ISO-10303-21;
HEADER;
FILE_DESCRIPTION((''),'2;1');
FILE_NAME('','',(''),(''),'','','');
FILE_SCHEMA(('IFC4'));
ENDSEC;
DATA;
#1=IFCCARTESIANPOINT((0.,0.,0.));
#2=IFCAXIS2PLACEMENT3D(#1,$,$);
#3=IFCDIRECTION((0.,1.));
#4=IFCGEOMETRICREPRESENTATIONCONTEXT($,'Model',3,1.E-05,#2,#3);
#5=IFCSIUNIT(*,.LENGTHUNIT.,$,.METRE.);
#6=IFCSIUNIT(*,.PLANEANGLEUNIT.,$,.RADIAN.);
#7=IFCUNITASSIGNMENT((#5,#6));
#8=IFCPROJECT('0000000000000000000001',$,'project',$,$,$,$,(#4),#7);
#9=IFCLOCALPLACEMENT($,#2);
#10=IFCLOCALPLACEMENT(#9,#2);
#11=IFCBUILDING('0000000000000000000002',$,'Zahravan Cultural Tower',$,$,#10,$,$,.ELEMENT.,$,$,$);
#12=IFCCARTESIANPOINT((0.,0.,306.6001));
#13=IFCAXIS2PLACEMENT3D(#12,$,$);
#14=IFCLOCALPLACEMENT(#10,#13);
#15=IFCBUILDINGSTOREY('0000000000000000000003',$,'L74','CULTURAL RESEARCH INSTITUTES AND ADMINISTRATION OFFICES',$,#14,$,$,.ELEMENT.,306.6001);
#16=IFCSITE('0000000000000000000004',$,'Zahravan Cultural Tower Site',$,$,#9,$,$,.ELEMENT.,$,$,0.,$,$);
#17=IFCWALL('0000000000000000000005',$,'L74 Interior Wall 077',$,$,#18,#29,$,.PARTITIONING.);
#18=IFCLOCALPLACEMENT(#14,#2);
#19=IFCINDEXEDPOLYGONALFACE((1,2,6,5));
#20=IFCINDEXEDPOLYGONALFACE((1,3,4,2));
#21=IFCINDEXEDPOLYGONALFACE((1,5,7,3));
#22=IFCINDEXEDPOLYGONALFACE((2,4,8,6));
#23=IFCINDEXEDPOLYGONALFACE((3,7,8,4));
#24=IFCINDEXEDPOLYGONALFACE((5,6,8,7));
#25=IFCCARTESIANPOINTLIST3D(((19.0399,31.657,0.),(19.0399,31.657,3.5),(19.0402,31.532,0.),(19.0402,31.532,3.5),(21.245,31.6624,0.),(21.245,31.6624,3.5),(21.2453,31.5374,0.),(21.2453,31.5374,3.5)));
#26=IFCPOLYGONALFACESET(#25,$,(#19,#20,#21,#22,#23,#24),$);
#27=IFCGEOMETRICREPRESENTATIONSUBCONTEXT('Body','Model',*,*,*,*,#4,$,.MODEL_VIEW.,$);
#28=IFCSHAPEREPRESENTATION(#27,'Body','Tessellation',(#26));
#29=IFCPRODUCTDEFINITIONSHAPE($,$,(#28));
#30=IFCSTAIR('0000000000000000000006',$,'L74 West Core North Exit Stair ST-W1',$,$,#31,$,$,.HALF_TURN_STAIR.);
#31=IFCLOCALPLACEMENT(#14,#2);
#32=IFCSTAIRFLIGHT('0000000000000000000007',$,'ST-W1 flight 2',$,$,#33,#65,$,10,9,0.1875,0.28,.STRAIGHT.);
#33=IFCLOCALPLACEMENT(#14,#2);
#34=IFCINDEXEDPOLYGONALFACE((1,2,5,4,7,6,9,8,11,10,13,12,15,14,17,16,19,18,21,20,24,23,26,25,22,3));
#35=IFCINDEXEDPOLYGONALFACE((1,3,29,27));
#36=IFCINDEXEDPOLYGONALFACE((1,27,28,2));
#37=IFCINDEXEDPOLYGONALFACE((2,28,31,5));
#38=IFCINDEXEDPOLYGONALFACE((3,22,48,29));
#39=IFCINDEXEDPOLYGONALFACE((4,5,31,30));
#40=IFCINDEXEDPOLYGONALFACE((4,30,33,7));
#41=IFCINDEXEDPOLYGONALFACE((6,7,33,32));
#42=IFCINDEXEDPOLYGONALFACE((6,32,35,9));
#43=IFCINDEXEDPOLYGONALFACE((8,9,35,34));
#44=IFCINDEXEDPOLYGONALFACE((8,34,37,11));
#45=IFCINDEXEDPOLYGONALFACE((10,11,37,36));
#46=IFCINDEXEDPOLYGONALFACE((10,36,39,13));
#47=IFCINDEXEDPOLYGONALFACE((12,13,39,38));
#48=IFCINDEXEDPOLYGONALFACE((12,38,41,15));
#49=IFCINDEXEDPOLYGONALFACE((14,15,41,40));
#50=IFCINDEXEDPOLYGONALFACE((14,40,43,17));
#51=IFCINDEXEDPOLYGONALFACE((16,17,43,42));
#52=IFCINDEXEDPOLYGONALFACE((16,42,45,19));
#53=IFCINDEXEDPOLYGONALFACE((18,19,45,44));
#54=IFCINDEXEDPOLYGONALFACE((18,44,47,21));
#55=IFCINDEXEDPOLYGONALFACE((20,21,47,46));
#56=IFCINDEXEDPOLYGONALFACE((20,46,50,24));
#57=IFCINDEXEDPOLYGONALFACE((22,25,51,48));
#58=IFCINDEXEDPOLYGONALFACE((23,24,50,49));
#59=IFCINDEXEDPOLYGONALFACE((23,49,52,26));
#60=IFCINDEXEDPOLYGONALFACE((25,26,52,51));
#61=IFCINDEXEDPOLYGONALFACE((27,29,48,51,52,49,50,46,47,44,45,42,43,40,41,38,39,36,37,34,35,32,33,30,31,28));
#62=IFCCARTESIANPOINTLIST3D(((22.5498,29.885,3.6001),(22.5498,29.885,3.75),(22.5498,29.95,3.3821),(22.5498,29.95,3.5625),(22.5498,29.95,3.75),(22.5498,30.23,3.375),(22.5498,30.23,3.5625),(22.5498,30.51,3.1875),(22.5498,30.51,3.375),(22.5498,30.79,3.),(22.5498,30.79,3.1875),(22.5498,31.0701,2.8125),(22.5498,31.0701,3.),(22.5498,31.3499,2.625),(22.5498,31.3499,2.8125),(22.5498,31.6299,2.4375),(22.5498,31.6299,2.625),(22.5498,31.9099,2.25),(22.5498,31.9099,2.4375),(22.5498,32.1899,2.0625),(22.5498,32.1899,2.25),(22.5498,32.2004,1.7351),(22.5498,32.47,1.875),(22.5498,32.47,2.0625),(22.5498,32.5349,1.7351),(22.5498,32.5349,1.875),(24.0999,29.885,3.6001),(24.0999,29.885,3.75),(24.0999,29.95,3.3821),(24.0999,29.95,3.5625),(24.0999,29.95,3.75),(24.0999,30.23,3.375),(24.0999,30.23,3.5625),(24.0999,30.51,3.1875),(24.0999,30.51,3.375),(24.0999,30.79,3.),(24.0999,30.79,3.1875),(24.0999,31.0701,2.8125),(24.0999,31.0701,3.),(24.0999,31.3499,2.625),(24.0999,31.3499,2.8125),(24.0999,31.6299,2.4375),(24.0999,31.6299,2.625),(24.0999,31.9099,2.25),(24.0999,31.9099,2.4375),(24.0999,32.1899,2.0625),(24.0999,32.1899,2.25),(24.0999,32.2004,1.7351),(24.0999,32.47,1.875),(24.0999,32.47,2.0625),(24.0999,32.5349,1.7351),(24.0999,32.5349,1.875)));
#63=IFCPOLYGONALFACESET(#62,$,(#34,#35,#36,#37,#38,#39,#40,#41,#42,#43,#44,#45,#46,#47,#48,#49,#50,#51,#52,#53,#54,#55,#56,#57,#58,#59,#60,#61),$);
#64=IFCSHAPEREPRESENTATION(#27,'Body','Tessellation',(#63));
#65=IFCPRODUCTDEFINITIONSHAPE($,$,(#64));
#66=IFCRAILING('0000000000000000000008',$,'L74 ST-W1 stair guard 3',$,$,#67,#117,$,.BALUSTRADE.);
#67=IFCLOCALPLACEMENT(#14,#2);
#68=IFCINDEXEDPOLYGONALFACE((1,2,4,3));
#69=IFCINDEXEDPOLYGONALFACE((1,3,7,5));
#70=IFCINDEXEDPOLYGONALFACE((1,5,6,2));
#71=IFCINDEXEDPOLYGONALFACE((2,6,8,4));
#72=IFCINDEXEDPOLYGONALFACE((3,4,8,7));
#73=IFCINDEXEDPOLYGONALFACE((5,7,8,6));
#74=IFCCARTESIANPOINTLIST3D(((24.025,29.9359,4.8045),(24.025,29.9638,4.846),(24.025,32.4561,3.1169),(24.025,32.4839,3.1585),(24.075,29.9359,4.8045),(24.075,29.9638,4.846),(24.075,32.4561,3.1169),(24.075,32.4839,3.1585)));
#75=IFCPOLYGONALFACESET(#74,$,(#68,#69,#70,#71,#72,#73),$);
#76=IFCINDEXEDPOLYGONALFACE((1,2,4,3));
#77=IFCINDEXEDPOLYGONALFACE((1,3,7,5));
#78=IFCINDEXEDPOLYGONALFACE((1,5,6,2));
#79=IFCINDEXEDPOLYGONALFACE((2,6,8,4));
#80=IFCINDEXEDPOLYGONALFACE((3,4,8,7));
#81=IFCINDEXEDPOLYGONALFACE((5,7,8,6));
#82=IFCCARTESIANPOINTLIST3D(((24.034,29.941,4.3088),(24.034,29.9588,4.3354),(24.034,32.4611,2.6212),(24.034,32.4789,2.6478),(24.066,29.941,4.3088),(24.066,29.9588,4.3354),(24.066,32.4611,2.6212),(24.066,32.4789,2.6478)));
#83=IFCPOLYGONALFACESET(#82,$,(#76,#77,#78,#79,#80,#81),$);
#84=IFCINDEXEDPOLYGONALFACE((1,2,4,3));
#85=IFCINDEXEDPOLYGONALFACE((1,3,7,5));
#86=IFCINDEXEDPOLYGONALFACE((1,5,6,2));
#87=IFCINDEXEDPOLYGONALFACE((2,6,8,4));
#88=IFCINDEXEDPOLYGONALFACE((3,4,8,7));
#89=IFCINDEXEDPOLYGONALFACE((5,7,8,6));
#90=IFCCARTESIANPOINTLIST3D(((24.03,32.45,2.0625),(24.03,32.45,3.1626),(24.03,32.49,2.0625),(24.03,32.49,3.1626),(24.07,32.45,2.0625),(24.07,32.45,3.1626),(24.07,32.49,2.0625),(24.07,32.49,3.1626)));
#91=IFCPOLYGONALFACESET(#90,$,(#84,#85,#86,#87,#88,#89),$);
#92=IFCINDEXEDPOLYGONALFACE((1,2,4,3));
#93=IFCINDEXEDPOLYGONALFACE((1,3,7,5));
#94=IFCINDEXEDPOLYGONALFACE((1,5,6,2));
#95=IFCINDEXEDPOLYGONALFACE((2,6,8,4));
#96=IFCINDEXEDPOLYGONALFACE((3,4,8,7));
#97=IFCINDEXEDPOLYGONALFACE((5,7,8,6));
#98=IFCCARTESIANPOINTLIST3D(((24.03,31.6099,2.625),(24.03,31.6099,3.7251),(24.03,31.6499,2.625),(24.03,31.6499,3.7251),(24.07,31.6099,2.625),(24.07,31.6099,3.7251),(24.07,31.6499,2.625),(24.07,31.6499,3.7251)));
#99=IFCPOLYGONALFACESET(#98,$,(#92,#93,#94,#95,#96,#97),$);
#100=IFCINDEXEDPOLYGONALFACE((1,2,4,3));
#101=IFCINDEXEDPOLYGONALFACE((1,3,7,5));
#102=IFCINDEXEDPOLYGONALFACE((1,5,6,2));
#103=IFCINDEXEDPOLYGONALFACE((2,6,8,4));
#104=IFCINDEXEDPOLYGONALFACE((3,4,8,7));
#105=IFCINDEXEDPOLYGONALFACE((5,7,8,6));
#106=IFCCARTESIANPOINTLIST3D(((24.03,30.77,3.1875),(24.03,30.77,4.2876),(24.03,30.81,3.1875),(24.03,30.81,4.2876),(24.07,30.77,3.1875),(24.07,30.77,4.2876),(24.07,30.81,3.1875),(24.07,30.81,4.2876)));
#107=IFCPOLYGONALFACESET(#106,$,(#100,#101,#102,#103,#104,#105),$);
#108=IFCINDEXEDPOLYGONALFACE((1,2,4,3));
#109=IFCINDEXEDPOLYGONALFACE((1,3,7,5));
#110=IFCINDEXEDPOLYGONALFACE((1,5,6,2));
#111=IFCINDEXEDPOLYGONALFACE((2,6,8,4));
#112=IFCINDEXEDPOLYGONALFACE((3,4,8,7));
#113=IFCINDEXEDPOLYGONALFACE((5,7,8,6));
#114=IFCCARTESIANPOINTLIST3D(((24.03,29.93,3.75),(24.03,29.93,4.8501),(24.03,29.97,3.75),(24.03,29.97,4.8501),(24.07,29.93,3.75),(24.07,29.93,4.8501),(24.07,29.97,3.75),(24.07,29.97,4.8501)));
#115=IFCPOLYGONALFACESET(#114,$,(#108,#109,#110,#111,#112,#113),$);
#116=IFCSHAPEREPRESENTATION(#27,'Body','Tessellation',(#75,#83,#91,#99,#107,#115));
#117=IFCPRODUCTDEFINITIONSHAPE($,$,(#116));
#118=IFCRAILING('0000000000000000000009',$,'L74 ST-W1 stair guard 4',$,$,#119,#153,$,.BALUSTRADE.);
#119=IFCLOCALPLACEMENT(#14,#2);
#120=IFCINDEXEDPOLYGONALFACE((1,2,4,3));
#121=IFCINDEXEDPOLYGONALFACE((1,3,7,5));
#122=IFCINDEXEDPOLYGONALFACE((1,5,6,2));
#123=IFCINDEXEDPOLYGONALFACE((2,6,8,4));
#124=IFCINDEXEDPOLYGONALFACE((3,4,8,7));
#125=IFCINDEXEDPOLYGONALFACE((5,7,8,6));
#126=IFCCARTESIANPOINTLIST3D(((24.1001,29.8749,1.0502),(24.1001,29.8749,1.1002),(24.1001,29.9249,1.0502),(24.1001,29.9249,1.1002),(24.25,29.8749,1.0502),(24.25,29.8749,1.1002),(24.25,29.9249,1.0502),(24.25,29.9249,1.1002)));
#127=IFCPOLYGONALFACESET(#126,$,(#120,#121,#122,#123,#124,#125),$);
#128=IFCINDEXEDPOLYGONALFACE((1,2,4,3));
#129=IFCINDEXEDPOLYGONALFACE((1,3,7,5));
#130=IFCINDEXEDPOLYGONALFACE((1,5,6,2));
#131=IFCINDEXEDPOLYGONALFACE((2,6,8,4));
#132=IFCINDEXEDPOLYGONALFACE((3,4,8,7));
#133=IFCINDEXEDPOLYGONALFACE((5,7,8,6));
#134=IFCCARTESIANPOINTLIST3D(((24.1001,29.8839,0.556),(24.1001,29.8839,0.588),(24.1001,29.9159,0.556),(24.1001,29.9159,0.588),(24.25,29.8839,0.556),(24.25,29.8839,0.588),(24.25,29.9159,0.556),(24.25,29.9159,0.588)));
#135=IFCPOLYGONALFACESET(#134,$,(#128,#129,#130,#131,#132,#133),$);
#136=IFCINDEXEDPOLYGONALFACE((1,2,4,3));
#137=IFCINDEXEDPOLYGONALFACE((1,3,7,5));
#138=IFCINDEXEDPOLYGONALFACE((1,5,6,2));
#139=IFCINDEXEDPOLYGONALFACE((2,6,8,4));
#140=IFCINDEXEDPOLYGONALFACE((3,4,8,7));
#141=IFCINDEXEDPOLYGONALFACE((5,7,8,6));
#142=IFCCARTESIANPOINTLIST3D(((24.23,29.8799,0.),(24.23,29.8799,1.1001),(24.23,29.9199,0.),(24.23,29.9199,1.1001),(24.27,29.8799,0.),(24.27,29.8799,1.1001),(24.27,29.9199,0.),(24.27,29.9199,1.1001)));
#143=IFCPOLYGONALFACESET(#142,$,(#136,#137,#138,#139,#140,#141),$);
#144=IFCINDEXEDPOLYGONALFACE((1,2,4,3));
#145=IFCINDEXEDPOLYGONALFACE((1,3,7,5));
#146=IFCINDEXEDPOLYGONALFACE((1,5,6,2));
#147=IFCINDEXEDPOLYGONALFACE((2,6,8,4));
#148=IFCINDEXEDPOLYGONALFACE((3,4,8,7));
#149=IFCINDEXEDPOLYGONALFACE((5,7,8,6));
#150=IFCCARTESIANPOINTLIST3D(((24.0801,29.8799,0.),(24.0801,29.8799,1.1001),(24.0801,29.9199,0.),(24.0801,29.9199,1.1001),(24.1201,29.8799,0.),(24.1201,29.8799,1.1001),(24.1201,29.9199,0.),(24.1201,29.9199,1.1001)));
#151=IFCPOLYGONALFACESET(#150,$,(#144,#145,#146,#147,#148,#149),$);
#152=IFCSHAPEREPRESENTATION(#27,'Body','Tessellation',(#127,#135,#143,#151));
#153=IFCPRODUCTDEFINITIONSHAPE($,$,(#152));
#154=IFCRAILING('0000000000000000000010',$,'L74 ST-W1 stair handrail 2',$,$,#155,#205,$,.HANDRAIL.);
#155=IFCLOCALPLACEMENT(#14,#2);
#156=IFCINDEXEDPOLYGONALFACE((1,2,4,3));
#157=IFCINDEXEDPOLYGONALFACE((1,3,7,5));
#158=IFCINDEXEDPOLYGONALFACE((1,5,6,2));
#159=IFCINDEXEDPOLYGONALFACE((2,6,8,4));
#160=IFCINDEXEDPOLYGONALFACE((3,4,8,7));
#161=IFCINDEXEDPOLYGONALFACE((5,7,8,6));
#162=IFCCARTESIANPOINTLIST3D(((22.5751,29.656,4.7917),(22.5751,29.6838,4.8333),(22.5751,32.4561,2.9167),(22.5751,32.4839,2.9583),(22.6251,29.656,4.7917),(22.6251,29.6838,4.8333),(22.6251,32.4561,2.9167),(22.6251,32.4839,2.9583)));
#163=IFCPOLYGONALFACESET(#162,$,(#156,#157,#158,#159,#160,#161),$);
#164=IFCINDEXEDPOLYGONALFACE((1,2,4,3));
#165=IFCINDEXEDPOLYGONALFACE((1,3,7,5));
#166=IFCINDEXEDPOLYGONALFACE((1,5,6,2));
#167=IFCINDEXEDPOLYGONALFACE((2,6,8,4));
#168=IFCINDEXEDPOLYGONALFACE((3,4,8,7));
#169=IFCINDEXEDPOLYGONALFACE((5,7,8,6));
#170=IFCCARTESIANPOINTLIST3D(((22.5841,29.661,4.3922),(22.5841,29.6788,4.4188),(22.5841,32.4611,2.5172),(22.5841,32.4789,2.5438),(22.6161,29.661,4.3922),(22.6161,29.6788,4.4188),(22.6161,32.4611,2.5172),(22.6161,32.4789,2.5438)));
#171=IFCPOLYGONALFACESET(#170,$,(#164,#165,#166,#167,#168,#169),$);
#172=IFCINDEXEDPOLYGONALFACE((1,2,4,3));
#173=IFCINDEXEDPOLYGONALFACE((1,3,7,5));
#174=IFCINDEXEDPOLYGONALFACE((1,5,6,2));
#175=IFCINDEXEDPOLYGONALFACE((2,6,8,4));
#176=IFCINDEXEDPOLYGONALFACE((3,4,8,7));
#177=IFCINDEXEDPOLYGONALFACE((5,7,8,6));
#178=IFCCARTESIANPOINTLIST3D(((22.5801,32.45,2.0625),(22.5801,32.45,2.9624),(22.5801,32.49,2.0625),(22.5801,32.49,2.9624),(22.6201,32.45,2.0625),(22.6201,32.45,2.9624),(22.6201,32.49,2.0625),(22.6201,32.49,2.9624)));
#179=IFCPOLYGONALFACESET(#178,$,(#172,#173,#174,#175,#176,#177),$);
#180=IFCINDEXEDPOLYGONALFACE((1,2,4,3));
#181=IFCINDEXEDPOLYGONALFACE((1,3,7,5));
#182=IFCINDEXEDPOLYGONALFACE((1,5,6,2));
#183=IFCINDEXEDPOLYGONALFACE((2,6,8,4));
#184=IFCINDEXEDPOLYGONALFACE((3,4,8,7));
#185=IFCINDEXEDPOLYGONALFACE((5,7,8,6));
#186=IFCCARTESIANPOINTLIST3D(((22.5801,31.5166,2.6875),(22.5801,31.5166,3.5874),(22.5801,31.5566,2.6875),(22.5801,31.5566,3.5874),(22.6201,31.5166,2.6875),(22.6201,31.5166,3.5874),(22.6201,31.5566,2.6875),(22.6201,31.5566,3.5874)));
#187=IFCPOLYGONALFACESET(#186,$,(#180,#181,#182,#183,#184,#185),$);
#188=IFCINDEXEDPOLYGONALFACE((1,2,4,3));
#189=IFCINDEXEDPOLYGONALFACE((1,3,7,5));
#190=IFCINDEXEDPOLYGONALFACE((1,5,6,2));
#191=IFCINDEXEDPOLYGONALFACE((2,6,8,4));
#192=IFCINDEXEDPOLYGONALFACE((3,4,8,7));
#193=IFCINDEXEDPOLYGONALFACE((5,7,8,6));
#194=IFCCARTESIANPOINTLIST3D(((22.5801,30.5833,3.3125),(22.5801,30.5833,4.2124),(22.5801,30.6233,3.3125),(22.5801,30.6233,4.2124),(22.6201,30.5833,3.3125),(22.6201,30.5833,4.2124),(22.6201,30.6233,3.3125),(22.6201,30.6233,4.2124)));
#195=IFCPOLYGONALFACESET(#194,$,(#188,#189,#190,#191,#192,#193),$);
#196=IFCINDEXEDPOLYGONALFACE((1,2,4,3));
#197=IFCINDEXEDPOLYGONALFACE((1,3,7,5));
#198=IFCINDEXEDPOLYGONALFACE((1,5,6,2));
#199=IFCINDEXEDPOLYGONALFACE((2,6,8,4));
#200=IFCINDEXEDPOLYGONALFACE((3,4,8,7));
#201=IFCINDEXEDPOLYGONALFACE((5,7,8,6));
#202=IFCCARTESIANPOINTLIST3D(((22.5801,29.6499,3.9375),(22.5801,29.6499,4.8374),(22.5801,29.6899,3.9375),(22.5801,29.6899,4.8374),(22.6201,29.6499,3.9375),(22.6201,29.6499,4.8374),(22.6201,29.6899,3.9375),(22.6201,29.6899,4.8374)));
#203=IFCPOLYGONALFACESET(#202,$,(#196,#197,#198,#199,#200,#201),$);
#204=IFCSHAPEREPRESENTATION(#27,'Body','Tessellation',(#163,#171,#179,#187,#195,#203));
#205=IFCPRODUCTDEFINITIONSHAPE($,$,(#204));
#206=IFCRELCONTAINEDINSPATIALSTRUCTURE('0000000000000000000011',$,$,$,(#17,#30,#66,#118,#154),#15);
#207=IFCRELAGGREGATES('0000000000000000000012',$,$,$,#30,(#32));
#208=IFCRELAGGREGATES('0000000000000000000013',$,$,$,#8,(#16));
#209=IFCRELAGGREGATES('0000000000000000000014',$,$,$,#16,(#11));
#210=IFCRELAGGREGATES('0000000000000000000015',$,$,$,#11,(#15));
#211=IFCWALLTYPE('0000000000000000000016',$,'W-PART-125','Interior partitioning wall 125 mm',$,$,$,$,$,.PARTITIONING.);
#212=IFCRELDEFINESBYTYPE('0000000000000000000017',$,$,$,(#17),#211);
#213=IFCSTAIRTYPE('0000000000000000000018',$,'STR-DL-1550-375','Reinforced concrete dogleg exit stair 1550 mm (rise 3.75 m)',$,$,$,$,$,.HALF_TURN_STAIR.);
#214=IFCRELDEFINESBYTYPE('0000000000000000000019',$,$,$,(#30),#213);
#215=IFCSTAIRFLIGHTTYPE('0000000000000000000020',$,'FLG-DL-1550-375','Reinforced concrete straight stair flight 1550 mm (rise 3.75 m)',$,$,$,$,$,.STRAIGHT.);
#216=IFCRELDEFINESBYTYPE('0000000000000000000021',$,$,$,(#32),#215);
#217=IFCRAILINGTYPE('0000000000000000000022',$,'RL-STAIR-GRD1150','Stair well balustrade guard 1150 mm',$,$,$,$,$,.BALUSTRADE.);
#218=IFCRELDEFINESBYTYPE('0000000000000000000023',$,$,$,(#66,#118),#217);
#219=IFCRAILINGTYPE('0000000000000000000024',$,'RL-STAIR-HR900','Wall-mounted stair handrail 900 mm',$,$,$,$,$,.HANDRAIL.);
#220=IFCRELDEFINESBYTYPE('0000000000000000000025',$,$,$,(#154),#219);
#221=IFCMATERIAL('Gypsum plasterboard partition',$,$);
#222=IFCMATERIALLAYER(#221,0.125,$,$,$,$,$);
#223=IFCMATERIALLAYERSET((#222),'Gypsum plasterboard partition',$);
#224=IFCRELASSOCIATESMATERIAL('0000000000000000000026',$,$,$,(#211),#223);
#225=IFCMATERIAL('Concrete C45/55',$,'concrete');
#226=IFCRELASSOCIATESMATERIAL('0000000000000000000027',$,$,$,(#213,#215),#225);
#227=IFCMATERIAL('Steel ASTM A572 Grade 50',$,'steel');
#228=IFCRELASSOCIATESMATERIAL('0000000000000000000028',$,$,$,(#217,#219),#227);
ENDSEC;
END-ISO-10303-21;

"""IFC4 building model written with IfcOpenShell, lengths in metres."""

from ifc_helpers import new_model, si_unit, direction, frame, frame_2d, origin, origin_2d, place, context, subcontext, project, spatial, polyline, rectangle, outline, extrude, source, transform, mapped, material, layer, layer_set, type_object, element, aggregate, save


model = new_model("IFC4")

# Units and contexts
model_context = context("Model", 3, precision=1e-05, world=origin(), true_north=direction((0.0, 1.0)))
body_context = subcontext(model_context, "Body", "Model", "MODEL_VIEW")
ifc_project = project(units=[si_unit("LENGTHUNIT", "METRE"), si_unit("PLANEANGLEUNIT", "RADIAN")], contexts=[model_context])

# Site, building, storey
site_placement = place(None, origin())
site = spatial("IfcSite", under=ifc_project, at=site_placement, Name="Zahravan Cultural Tower Site", CompositionType="ELEMENT", RefElevation=0.0)
building_placement = place(site_placement, origin())
building = spatial("IfcBuilding", under=site, at=building_placement, Name="Zahravan Cultural Tower", CompositionType="ELEMENT")
storey_placement = place(building_placement, frame((0.0, 0.0, 306.6001)))
storey = spatial("IfcBuildingStorey", under=building, at=storey_placement, Name="L74", Description="CULTURAL RESEARCH INSTITUTES AND ADMINISTRATION OFFICES", CompositionType="ELEMENT", Elevation=306.6001)

# Shared definitions
ifc_material_1 = material(Name="Gypsum plasterboard partition")
ifc_layer_1 = layer(ifc_material_1, 0.125)
ifc_layer_set_1 = layer_set([ifc_layer_1], Name="Gypsum plasterboard partition")
wall_type_1 = type_object("IfcWallType", Name="W-PART-125", Description="Interior partitioning wall 125 mm", PredefinedType="PARTITIONING", material=ifc_layer_set_1)

# Wall
ifc_material_2 = material(Name="Concrete C45/55", Category="concrete")
shared_shape_1 = source(origin(), body_context, "Body", "SweptSolid", [
    extrude(rectangle(XDim=2.2051, YDim=0.125, at=frame_2d((1.1025, 0.0))), origin(), (0.0, 0.0, 1.0), 3.5),
])
wall_1_placement = place(storey_placement, frame((21.2451, 31.5999, 0.0), z_axis=(0.0, 0.0, 1.0), x_axis=(-0.999997, -0.002436, 0.0)))
element("IfcWall", 1, at=wall_1_placement, inside=storey, type_object=wall_type_1, Name="L74 Interior Wall 077", PredefinedType="PARTITIONING", context=body_context, shape_type="MappedRepresentation", body=[
    mapped(shared_shape_1, transform((0.0, 0.0, 0.0), x_axis=(1.0, 0.0, 0.0), y_axis=(0.0, 1.0, 0.0), z_axis=(0.0, 0.0, 1.0), scale=1.0)),
])

# Stair, stair flight
stair_type = type_object("IfcStairType", Name="STR-DL-1550-375", Description="Reinforced concrete dogleg exit stair 1550 mm (rise 3.75 m)", PredefinedType="HALF_TURN_STAIR", material=ifc_material_2)
stair_placement = place(storey_placement, origin())
stair = element("IfcStair", 2, at=stair_placement, inside=storey, type_object=stair_type, Name="L74 West Core North Exit Stair ST-W1", PredefinedType="HALF_TURN_STAIR")
stair_flight_type = type_object("IfcStairFlightType", Name="FLG-DL-1550-375", Description="Reinforced concrete straight stair flight 1550 mm (rise 3.75 m)", PredefinedType="STRAIGHT", material=ifc_material_2)
stair_flight_placement = place(storey_placement, frame((23.325, 32.47, 1.875), z_axis=(0.0, 0.0, 1.0), x_axis=(0.0, -1.0, 0.0)))
stair_flight = element("IfcStairFlight", 3, at=stair_flight_placement, type_object=stair_flight_type, Name="ST-W1 flight 2", NumberOfRisers=10, NumberOfTreads=9, PredefinedType="STRAIGHT", RiserHeight=0.1875, TreadLength=0.28, context=body_context, shape_type="SweptSolid", body=[
    extrude(outline(polyline([(-0.0649, -0.1399), (-0.0649, 0.0), (0.0, 0.0), (0.0, 0.1875), (0.28, 0.1875), (0.28, 0.375), (0.5601, 0.375), (0.5601, 0.5625), (0.8401, 0.5625), (0.8401, 0.75), (1.1201, 0.75), (1.1201, 0.9375), (1.3999, 0.9375), (1.3999, 1.125), (1.6799, 1.125), (1.6799, 1.3125), (1.96, 1.3125), (1.96, 1.5), (2.24, 1.5), (2.24, 1.6875), (2.52, 1.6875), (2.52, 1.875), (2.585, 1.875), (2.585, 1.7251), (2.52, 1.5071), (0.2695, -0.1399), (-0.0649, -0.1399)])), frame((0.0, 0.7749, 0.0), z_axis=(0.0, -1.0, 0.0), x_axis=(1.0, 0.0, 0.0)), (0.0, 0.0, 1.0), 1.55),
])
aggregate(stair, [stair_flight])

# Railings
ifc_material_3 = material(Name="Steel ASTM A572 Grade 50", Category="steel")
railing_type_1 = type_object("IfcRailingType", Name="RL-STAIR-GRD1150", Description="Stair well balustrade guard 1150 mm", PredefinedType="BALUSTRADE", material=ifc_material_3)
railing_1_placement = place(storey_placement, frame((24.05, 32.47, 2.0625)))
element("IfcRailing", 4, at=railing_1_placement, inside=storey, type_object=railing_type_1, Name="L74 ST-W1 stair guard 3", PredefinedType="BALUSTRADE", context=body_context, shape_type="SweptSolid", body=[
    extrude(rectangle(XDim=0.05, YDim=0.05, at=origin_2d()), frame((0.0, 0.0, 1.0752), z_axis=(0.0, -0.830909, 0.556408), x_axis=(1.0, 0.0, 0.0)), (0.0, 0.0, 1.0), 3.033),
    extrude(rectangle(XDim=0.032, YDim=0.032, at=origin_2d()), frame((0.0, 0.0, 0.572), z_axis=(0.0, -0.830909, 0.556408), x_axis=(1.0, 0.0, 0.0)), (0.0, 0.0, 1.0), 3.033),
    extrude(rectangle(XDim=0.04, YDim=0.04, at=origin_2d()), origin(), (0.0, 0.0, 1.0), 1.1001),
    extrude(rectangle(XDim=0.04, YDim=0.04, at=origin_2d()), frame((0.0, -0.8401, 0.5625)), (0.0, 0.0, 1.0), 1.1001),
    extrude(rectangle(XDim=0.04, YDim=0.04, at=origin_2d()), frame((0.0, -1.6799, 1.125)), (0.0, 0.0, 1.0), 1.1001),
    extrude(rectangle(XDim=0.04, YDim=0.04, at=origin_2d()), frame((0.0, -2.52, 1.6875)), (0.0, 0.0, 1.0), 1.1001),
])
railing_2_placement = place(storey_placement, frame((24.25, 29.8999, 0.0)))
element("IfcRailing", 5, at=railing_2_placement, inside=storey, type_object=railing_type_1, Name="L74 ST-W1 stair guard 4", PredefinedType="BALUSTRADE", context=body_context, shape_type="SweptSolid", body=[
    extrude(rectangle(XDim=0.05, YDim=0.05, at=origin_2d()), frame((0.0, 0.0, 1.0752), z_axis=(-1.0, 0.0, 0.0), x_axis=(0.0, -1.0, 0.0)), (0.0, 0.0, 1.0), 0.1499),
    extrude(rectangle(XDim=0.032, YDim=0.032, at=origin_2d()), frame((0.0, 0.0, 0.572), z_axis=(-1.0, 0.0, 0.0), x_axis=(0.0, -1.0, 0.0)), (0.0, 0.0, 1.0), 0.1499),
    extrude(rectangle(XDim=0.04, YDim=0.04, at=origin_2d()), origin(), (0.0, 0.0, 1.0), 1.1001),
    extrude(rectangle(XDim=0.04, YDim=0.04, at=origin_2d()), frame((-0.1499, 0.0, 0.0)), (0.0, 0.0, 1.0), 1.1001),
])
railing_type_2 = type_object("IfcRailingType", Name="RL-STAIR-HR900", Description="Wall-mounted stair handrail 900 mm", PredefinedType="HANDRAIL", material=ifc_material_3)
railing_3_placement = place(storey_placement, frame((22.6001, 32.47, 2.0625)))
element("IfcRailing", 6, at=railing_3_placement, inside=storey, type_object=railing_type_2, Name="L74 ST-W1 stair handrail 2", PredefinedType="HANDRAIL", context=body_context, shape_type="SweptSolid", body=[
    extrude(rectangle(XDim=0.05, YDim=0.05, at=origin_2d()), frame((0.0, 0.0, 0.875), z_axis=(0.0, -0.830912, 0.556404), x_axis=(1.0, 0.0, 0.0)), (0.0, 0.0, 1.0), 3.3699),
    extrude(rectangle(XDim=0.032, YDim=0.032, at=origin_2d()), frame((0.0, 0.0, 0.468), z_axis=(0.0, -0.830912, 0.556404), x_axis=(1.0, 0.0, 0.0)), (0.0, 0.0, 1.0), 3.3699),
    extrude(rectangle(XDim=0.04, YDim=0.04, at=origin_2d()), origin(), (0.0, 0.0, 1.0), 0.8999),
    extrude(rectangle(XDim=0.04, YDim=0.04, at=origin_2d()), frame((0.0, -0.9333, 0.625)), (0.0, 0.0, 1.0), 0.8999),
    extrude(rectangle(XDim=0.04, YDim=0.04, at=origin_2d()), frame((0.0, -1.8667, 1.25)), (0.0, 0.0, 1.0), 0.8999),
    extrude(rectangle(XDim=0.04, YDim=0.04, at=origin_2d()), frame((0.0, -2.8, 1.875)), (0.0, 0.0, 1.0), 0.8999),
])

save(model, "model.ifc")
